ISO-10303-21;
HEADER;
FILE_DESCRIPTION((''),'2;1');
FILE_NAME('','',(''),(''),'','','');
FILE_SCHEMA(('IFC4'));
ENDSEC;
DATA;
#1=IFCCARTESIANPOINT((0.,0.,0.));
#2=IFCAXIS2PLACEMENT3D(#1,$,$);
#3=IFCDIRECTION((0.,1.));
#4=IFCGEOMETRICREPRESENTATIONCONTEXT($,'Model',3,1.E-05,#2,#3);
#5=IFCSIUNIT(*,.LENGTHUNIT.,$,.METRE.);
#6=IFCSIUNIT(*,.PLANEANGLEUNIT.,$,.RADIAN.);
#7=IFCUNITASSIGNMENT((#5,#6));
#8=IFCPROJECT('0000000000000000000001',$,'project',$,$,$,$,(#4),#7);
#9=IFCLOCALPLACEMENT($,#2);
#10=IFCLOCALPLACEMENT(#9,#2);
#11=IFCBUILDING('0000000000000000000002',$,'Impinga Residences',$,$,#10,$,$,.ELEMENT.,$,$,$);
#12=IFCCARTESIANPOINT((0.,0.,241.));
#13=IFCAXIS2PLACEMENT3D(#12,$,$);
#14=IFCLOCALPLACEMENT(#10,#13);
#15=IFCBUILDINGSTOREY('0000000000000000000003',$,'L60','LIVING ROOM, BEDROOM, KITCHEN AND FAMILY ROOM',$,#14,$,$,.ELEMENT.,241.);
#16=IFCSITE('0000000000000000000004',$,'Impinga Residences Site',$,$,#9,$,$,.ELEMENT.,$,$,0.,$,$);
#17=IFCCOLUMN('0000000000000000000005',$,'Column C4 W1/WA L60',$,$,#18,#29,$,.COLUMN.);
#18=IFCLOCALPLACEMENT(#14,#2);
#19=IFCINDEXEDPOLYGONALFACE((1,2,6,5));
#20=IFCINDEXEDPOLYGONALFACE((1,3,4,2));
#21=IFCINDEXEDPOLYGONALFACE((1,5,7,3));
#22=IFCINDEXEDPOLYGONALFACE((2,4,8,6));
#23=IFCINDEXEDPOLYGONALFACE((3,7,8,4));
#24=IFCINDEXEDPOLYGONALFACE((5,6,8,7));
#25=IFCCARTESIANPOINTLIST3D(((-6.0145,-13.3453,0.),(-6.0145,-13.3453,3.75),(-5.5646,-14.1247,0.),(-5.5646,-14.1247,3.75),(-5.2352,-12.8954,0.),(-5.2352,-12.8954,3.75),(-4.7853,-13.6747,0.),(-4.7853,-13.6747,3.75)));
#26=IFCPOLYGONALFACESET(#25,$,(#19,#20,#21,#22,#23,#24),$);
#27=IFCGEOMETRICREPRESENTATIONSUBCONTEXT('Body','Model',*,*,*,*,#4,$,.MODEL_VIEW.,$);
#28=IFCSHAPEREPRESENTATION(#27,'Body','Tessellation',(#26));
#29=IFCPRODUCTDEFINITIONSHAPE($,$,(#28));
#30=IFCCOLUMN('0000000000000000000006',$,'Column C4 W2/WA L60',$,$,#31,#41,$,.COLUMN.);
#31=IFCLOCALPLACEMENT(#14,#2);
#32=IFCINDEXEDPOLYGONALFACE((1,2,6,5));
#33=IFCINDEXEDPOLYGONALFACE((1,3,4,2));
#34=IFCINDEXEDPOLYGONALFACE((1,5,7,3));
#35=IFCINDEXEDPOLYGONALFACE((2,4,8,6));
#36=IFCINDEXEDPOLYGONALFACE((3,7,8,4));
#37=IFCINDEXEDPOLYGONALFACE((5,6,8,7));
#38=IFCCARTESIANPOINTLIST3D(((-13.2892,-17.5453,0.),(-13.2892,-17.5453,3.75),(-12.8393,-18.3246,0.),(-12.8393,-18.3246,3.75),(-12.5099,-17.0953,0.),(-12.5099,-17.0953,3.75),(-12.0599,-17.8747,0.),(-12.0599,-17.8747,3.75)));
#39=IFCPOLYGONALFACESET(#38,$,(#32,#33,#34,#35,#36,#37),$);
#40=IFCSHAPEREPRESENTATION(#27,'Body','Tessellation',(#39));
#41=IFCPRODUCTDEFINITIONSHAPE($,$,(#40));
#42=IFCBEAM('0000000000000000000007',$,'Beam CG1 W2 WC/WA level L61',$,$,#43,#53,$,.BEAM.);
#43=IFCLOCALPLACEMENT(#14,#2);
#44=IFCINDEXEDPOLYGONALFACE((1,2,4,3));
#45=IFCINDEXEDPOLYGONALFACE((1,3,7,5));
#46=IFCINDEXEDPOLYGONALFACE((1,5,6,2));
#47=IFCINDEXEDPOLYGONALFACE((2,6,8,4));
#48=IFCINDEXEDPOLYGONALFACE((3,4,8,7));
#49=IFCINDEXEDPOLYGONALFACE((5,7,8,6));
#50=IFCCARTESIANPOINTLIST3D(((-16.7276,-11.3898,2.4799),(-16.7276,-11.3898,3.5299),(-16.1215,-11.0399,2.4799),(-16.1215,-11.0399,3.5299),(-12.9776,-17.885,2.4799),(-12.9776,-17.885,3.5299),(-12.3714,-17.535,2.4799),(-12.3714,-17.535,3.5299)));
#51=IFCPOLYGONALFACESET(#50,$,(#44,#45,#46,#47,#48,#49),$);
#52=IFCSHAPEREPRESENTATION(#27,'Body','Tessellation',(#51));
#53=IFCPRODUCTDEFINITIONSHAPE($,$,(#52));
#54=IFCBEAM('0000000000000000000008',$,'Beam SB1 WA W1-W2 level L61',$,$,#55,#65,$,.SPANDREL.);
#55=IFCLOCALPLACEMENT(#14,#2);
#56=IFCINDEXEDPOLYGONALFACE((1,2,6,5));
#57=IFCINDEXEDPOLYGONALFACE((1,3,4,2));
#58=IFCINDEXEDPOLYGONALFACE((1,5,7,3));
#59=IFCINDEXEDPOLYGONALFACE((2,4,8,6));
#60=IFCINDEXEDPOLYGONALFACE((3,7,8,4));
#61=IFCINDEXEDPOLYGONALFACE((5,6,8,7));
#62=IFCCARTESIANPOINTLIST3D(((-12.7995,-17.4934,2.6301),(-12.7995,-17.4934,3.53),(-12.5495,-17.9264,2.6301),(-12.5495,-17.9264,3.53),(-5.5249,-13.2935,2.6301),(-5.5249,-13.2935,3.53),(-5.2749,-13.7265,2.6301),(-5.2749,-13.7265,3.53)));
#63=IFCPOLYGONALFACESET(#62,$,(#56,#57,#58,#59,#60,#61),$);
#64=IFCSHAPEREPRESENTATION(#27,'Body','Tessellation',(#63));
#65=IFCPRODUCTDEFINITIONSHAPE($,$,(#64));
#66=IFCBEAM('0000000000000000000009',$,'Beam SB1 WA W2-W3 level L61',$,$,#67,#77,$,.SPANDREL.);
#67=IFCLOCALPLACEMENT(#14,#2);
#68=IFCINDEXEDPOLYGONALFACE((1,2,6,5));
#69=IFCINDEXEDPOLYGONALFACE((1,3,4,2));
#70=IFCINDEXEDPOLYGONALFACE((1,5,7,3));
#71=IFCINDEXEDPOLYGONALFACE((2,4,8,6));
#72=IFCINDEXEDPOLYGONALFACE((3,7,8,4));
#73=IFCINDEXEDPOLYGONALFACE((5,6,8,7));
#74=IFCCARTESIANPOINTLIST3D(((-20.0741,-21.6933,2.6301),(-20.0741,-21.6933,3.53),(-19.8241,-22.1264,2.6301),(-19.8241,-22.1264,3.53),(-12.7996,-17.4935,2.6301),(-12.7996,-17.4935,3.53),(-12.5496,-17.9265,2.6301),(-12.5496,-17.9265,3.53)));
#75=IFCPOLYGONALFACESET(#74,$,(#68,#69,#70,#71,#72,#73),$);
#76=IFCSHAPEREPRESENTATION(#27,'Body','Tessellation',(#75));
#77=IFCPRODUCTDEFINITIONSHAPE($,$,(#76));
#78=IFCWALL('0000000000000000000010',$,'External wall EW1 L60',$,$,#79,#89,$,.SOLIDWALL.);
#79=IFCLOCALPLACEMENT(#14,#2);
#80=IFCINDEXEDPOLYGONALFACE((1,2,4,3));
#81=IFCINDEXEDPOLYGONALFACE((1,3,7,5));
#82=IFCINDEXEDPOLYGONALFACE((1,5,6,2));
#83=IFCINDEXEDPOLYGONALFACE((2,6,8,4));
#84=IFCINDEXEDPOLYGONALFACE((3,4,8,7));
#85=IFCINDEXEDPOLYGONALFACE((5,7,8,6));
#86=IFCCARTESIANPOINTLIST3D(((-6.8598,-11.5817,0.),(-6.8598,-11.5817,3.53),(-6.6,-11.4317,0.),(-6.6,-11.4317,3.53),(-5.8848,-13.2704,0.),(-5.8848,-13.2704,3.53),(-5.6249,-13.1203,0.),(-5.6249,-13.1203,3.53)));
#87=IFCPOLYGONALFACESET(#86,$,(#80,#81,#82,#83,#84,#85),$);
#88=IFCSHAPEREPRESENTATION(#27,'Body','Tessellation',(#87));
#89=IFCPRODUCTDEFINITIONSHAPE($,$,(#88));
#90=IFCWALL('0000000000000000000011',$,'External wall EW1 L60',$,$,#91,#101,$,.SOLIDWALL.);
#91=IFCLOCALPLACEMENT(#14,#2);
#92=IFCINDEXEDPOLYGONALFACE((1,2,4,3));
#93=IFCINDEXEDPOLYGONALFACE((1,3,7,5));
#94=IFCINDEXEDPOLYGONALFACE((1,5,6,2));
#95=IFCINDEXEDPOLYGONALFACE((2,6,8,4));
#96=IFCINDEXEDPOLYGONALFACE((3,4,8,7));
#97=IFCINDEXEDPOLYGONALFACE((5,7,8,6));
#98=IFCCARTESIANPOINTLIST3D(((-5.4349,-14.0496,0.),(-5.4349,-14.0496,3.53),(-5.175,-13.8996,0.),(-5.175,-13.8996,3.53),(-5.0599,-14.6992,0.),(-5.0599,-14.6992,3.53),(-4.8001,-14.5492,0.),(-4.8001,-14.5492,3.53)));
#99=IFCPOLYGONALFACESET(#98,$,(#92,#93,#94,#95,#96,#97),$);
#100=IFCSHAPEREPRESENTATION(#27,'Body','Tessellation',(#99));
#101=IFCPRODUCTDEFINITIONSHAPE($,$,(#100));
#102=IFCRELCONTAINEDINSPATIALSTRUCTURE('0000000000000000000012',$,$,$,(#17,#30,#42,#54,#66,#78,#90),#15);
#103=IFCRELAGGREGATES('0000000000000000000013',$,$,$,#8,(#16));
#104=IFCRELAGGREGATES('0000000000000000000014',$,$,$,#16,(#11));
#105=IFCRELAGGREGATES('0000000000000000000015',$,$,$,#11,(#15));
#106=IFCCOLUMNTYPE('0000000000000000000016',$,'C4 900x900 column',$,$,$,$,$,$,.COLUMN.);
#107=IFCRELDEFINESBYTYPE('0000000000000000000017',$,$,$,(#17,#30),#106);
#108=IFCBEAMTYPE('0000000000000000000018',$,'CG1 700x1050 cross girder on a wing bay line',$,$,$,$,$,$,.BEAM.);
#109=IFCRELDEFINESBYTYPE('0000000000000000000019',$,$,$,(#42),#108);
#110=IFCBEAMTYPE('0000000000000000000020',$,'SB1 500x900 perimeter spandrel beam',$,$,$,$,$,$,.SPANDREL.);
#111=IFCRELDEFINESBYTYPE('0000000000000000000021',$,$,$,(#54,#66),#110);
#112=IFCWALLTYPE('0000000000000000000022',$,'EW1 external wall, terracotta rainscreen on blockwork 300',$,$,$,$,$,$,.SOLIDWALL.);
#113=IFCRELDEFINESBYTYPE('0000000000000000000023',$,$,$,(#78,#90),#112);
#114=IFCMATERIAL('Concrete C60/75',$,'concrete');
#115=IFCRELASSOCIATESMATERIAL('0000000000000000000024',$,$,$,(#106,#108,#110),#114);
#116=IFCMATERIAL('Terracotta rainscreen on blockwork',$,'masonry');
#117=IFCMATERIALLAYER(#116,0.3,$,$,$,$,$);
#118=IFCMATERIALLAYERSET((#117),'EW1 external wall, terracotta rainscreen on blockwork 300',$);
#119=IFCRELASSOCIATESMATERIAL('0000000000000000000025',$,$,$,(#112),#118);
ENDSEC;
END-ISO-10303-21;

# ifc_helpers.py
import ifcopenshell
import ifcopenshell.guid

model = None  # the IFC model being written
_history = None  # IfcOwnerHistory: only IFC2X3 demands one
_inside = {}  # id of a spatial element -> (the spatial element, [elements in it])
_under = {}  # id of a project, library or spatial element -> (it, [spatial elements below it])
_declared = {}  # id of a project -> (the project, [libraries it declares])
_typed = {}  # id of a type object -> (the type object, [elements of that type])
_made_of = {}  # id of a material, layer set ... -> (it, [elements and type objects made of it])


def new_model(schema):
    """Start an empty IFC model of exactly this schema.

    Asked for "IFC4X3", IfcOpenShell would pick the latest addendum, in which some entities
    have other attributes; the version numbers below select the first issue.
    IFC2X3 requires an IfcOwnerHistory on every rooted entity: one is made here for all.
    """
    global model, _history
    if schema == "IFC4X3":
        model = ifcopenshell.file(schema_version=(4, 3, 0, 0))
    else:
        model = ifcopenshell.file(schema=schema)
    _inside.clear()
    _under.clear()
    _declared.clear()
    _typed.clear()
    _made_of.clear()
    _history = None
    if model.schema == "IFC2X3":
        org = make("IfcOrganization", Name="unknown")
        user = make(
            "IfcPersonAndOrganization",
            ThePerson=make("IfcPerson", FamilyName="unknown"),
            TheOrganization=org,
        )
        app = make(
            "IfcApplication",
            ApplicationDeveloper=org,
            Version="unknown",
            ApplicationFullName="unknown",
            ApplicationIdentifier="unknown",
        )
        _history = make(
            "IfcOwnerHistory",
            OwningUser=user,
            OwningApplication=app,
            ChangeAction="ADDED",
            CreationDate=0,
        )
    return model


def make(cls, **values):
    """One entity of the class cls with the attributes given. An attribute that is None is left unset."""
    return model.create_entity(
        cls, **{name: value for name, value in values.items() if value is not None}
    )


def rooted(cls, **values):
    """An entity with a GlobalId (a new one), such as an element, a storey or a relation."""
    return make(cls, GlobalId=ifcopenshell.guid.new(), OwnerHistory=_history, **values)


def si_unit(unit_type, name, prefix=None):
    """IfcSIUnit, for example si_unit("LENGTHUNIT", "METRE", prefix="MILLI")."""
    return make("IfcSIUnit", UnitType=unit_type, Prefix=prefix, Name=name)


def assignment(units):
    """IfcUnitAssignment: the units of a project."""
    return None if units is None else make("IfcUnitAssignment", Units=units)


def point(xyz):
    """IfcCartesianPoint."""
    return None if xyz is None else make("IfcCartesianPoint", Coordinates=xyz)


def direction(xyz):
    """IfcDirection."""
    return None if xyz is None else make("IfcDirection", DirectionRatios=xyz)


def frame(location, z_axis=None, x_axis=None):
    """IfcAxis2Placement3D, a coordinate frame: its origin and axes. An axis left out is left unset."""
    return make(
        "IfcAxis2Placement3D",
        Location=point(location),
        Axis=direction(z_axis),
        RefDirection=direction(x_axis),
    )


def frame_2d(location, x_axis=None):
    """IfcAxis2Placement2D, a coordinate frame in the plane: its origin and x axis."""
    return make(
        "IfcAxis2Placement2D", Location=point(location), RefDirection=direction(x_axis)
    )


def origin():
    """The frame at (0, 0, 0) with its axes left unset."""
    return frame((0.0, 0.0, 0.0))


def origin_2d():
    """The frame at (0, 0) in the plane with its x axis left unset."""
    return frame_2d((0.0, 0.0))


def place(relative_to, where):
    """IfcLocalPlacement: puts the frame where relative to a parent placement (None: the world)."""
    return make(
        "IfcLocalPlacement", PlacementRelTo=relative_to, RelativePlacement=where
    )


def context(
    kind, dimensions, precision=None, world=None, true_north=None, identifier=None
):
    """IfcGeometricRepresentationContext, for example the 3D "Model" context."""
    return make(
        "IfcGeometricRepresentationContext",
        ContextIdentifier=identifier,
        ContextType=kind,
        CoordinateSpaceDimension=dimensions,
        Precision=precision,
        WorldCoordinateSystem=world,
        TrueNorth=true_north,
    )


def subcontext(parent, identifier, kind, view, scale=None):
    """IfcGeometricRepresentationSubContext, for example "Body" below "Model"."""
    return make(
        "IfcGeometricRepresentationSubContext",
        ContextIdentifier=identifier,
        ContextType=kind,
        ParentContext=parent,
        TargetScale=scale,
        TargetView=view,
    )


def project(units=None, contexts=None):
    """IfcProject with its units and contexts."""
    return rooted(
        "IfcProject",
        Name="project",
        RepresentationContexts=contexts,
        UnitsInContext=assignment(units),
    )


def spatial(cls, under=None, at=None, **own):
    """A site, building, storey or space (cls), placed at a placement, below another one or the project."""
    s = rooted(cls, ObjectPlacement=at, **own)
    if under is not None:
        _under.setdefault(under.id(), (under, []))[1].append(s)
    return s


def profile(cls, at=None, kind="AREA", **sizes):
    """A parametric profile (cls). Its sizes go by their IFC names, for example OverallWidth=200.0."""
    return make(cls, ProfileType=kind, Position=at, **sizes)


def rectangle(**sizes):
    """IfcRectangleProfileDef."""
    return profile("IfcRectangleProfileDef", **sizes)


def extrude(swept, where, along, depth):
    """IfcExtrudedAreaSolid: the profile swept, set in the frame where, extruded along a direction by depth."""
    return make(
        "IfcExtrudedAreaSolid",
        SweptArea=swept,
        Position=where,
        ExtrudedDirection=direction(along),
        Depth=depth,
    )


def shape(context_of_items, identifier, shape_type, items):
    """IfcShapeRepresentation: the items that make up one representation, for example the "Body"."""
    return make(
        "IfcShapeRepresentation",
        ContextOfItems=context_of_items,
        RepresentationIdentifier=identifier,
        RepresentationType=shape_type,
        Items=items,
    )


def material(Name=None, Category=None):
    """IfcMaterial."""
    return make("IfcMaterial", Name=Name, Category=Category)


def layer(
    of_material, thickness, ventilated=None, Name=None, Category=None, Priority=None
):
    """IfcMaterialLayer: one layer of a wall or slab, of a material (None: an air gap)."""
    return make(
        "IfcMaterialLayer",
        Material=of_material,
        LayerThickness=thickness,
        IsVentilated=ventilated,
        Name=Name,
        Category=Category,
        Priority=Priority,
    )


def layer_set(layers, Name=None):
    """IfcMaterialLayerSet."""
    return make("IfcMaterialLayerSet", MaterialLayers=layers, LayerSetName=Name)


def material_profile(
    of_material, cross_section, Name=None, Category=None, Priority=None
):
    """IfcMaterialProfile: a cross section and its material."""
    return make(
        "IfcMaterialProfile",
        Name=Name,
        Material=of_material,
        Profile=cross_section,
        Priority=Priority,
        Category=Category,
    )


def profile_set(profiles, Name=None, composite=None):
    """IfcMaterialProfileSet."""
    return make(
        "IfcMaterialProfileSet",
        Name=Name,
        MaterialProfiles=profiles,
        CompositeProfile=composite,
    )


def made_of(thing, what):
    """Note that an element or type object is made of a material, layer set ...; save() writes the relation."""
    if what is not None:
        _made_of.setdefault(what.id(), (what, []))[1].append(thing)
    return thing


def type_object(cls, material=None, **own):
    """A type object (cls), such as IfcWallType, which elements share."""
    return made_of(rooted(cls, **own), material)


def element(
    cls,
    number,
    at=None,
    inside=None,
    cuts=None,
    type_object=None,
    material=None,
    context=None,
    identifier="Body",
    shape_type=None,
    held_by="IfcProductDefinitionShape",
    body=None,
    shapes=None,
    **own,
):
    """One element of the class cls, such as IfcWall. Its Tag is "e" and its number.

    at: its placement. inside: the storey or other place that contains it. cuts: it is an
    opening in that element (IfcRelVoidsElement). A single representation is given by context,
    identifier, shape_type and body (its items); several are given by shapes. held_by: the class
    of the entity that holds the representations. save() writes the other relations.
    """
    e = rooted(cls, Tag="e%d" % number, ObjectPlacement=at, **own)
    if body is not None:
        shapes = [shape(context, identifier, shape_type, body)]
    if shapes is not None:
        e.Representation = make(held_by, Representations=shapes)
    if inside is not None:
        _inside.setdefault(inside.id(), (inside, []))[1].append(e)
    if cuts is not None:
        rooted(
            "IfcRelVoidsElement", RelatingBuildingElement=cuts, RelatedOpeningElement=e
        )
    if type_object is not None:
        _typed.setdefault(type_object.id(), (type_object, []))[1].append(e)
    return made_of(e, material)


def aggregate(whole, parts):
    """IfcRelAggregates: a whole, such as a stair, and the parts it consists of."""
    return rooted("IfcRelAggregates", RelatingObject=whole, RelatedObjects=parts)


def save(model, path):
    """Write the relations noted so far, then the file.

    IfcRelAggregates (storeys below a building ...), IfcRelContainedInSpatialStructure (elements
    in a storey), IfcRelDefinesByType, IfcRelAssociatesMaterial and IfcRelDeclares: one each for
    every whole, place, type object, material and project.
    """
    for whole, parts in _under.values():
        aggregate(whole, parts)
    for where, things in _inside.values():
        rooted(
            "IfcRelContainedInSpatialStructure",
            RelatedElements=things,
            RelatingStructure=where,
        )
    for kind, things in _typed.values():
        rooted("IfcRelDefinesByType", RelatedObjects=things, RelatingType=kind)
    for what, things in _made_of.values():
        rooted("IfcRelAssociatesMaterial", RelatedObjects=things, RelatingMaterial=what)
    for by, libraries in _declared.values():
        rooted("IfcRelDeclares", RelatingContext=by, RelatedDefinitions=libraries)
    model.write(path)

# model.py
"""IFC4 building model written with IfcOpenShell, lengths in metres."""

from ifc_helpers import new_model, si_unit, direction, frame, frame_2d, origin, origin_2d, place, context, subcontext, project, spatial, rectangle, extrude, material, layer, layer_set, material_profile, profile_set, type_object, element, save


model = new_model("IFC4")

# Units and contexts
model_context = context("Model", 3, precision=1e-05, world=origin(), true_north=direction((0.0, 1.0)))
body_context = subcontext(model_context, "Body", "Model", "MODEL_VIEW")
ifc_project = project(units=[si_unit("LENGTHUNIT", "METRE"), si_unit("PLANEANGLEUNIT", "RADIAN")], contexts=[model_context])

# Site, building, storey
site_placement = place(None, origin())
site = spatial("IfcSite", under=ifc_project, at=site_placement, Name="Impinga Residences Site", CompositionType="ELEMENT", RefElevation=0.0)
building_placement = place(site_placement, origin())
building = spatial("IfcBuilding", under=site, at=building_placement, Name="Impinga Residences", CompositionType="ELEMENT")
storey_placement = place(building_placement, frame((0.0, 0.0, 241.0)))
storey = spatial("IfcBuildingStorey", under=building, at=storey_placement, Name="L60", Description="LIVING ROOM, BEDROOM, KITCHEN AND FAMILY ROOM", CompositionType="ELEMENT", Elevation=241.0)

# Columns
ifc_material_1 = material(Name="Concrete C60/75", Category="concrete")
ifc_material_profile_1 = material_profile(ifc_material_1, rectangle(XDim=0.8999, YDim=0.8999, at=origin_2d()), Name="RC 900x900")
ifc_profile_set_1 = profile_set([ifc_material_profile_1], Name="Concrete C60/75")
column_type = type_object("IfcColumnType", Name="C4 900x900 column", PredefinedType="COLUMN", material=ifc_profile_set_1)
for number, where, z_axis, x_axis, name in (
    (1, (-5.3999, -13.51, 0.0), (0.0, 0.0, 1.0), (-0.5, 0.866025, 0.0), "Column C4 W1/WA L60"),
    (2, (-12.6746, -17.71, 0.0), (0.0, 0.0, 1.0), (-0.5, 0.866025, 0.0), "Column C4 W2/WA L60"),
):
    element("IfcColumn", number, at=place(storey_placement, frame(where, z_axis=z_axis, x_axis=x_axis)), inside=storey, type_object=column_type, Name=name, PredefinedType="COLUMN", context=body_context, shape_type="SweptSolid", body=[
        extrude(rectangle(XDim=0.8999, YDim=0.8999, at=origin_2d()), origin(), (0.0, 0.0, 1.0), 3.75),
    ])

# Beams
ifc_material_profile_2 = material_profile(ifc_material_1, rectangle(XDim=0.7, YDim=1.05, at=origin_2d()), Name="RC 700x1050")
ifc_profile_set_2 = profile_set([ifc_material_profile_2], Name="Concrete C60/75")
beam_type_1 = type_object("IfcBeamType", Name="CG1 700x1050 cross girder on a wing bay line", PredefinedType="BEAM", material=ifc_profile_set_2)
beam_placement = place(storey_placement, frame((-16.4246, -11.2148, 3.0049), z_axis=(0.500004, -0.866023, 0.0), x_axis=(0.866023, 0.500004, 0.0)))
element("IfcBeam", 3, at=beam_placement, inside=storey, type_object=beam_type_1, Name="Beam CG1 W2 WC/WA level L61", PredefinedType="BEAM", context=body_context, shape_type="SweptSolid", body=[
    extrude(rectangle(XDim=0.7, YDim=1.05, at=origin_2d()), origin(), (0.0, 0.0, 1.0), 7.5),
])
ifc_material_profile_3 = material_profile(ifc_material_1, rectangle(XDim=0.5, YDim=0.8999, at=origin_2d()), Name="RC 500x900")
ifc_profile_set_3 = profile_set([ifc_material_profile_3], Name="Concrete C60/75")
beam_type_2 = type_object("IfcBeamType", Name="SB1 500x900 perimeter spandrel beam", PredefinedType="SPANDREL", material=ifc_profile_set_3)
for number, where, z_axis, x_axis, name in (
    (4, (-5.3999, -13.51, 3.0801), (-0.866029, -0.499993, 0.0), (0.499993, -0.866029, 0.0), "Beam SB1 WA W1-W2 level L61"),
    (5, (-12.6746, -17.71, 3.0801), (-0.866029, -0.499993, 0.0), (0.499993, -0.866029, 0.0), "Beam SB1 WA W2-W3 level L61"),
):
    element("IfcBeam", number, at=place(storey_placement, frame(where, z_axis=z_axis, x_axis=x_axis)), inside=storey, type_object=beam_type_2, Name=name, PredefinedType="SPANDREL", context=body_context, shape_type="SweptSolid", body=[
        extrude(rectangle(XDim=0.5, YDim=0.8999, at=origin_2d()), origin(), (0.0, 0.0, 1.0), 8.3999),
    ])

# Walls
ifc_material_2 = material(Name="Terracotta rainscreen on blockwork", Category="masonry")
ifc_layer_1 = layer(ifc_material_2, 0.3)
ifc_layer_set_1 = layer_set([ifc_layer_1], Name="EW1 external wall, terracotta rainscreen on blockwork 300")
wall_type_1 = type_object("IfcWallType", Name="EW1 external wall, terracotta rainscreen on blockwork 300", PredefinedType="SOLIDWALL", material=ifc_layer_set_1)
wall_1_placement = place(storey_placement, frame((-6.73, -11.5066, 0.0), z_axis=(0.0, 0.0, 1.0), x_axis=(0.500044, -0.866, 0.0)))
element("IfcWall", 6, at=wall_1_placement, inside=storey, type_object=wall_type_1, Name="External wall EW1 L60", PredefinedType="SOLIDWALL", context=body_context, shape_type="SweptSolid", body=[
    extrude(rectangle(XDim=1.95, YDim=0.3, at=frame_2d((0.9751, 0.0))), origin(), (0.0, 0.0, 1.0), 3.53),
])
wall_2_placement = place(storey_placement, frame((-5.3049, -13.9746, 0.0), z_axis=(0.0, 0.0, 1.0), x_axis=(0.49992, -0.866072, 0.0)))
element("IfcWall", 7, at=wall_2_placement, inside=storey, type_object=wall_type_1, Name="External wall EW1 L60", PredefinedType="SOLIDWALL", context=body_context, shape_type="SweptSolid", body=[
    extrude(rectangle(XDim=0.75, YDim=0.3, at=frame_2d((0.375, 0.0))), origin(), (0.0, 0.0, 1.0), 3.53),
])

save(model, "model.ifc")
